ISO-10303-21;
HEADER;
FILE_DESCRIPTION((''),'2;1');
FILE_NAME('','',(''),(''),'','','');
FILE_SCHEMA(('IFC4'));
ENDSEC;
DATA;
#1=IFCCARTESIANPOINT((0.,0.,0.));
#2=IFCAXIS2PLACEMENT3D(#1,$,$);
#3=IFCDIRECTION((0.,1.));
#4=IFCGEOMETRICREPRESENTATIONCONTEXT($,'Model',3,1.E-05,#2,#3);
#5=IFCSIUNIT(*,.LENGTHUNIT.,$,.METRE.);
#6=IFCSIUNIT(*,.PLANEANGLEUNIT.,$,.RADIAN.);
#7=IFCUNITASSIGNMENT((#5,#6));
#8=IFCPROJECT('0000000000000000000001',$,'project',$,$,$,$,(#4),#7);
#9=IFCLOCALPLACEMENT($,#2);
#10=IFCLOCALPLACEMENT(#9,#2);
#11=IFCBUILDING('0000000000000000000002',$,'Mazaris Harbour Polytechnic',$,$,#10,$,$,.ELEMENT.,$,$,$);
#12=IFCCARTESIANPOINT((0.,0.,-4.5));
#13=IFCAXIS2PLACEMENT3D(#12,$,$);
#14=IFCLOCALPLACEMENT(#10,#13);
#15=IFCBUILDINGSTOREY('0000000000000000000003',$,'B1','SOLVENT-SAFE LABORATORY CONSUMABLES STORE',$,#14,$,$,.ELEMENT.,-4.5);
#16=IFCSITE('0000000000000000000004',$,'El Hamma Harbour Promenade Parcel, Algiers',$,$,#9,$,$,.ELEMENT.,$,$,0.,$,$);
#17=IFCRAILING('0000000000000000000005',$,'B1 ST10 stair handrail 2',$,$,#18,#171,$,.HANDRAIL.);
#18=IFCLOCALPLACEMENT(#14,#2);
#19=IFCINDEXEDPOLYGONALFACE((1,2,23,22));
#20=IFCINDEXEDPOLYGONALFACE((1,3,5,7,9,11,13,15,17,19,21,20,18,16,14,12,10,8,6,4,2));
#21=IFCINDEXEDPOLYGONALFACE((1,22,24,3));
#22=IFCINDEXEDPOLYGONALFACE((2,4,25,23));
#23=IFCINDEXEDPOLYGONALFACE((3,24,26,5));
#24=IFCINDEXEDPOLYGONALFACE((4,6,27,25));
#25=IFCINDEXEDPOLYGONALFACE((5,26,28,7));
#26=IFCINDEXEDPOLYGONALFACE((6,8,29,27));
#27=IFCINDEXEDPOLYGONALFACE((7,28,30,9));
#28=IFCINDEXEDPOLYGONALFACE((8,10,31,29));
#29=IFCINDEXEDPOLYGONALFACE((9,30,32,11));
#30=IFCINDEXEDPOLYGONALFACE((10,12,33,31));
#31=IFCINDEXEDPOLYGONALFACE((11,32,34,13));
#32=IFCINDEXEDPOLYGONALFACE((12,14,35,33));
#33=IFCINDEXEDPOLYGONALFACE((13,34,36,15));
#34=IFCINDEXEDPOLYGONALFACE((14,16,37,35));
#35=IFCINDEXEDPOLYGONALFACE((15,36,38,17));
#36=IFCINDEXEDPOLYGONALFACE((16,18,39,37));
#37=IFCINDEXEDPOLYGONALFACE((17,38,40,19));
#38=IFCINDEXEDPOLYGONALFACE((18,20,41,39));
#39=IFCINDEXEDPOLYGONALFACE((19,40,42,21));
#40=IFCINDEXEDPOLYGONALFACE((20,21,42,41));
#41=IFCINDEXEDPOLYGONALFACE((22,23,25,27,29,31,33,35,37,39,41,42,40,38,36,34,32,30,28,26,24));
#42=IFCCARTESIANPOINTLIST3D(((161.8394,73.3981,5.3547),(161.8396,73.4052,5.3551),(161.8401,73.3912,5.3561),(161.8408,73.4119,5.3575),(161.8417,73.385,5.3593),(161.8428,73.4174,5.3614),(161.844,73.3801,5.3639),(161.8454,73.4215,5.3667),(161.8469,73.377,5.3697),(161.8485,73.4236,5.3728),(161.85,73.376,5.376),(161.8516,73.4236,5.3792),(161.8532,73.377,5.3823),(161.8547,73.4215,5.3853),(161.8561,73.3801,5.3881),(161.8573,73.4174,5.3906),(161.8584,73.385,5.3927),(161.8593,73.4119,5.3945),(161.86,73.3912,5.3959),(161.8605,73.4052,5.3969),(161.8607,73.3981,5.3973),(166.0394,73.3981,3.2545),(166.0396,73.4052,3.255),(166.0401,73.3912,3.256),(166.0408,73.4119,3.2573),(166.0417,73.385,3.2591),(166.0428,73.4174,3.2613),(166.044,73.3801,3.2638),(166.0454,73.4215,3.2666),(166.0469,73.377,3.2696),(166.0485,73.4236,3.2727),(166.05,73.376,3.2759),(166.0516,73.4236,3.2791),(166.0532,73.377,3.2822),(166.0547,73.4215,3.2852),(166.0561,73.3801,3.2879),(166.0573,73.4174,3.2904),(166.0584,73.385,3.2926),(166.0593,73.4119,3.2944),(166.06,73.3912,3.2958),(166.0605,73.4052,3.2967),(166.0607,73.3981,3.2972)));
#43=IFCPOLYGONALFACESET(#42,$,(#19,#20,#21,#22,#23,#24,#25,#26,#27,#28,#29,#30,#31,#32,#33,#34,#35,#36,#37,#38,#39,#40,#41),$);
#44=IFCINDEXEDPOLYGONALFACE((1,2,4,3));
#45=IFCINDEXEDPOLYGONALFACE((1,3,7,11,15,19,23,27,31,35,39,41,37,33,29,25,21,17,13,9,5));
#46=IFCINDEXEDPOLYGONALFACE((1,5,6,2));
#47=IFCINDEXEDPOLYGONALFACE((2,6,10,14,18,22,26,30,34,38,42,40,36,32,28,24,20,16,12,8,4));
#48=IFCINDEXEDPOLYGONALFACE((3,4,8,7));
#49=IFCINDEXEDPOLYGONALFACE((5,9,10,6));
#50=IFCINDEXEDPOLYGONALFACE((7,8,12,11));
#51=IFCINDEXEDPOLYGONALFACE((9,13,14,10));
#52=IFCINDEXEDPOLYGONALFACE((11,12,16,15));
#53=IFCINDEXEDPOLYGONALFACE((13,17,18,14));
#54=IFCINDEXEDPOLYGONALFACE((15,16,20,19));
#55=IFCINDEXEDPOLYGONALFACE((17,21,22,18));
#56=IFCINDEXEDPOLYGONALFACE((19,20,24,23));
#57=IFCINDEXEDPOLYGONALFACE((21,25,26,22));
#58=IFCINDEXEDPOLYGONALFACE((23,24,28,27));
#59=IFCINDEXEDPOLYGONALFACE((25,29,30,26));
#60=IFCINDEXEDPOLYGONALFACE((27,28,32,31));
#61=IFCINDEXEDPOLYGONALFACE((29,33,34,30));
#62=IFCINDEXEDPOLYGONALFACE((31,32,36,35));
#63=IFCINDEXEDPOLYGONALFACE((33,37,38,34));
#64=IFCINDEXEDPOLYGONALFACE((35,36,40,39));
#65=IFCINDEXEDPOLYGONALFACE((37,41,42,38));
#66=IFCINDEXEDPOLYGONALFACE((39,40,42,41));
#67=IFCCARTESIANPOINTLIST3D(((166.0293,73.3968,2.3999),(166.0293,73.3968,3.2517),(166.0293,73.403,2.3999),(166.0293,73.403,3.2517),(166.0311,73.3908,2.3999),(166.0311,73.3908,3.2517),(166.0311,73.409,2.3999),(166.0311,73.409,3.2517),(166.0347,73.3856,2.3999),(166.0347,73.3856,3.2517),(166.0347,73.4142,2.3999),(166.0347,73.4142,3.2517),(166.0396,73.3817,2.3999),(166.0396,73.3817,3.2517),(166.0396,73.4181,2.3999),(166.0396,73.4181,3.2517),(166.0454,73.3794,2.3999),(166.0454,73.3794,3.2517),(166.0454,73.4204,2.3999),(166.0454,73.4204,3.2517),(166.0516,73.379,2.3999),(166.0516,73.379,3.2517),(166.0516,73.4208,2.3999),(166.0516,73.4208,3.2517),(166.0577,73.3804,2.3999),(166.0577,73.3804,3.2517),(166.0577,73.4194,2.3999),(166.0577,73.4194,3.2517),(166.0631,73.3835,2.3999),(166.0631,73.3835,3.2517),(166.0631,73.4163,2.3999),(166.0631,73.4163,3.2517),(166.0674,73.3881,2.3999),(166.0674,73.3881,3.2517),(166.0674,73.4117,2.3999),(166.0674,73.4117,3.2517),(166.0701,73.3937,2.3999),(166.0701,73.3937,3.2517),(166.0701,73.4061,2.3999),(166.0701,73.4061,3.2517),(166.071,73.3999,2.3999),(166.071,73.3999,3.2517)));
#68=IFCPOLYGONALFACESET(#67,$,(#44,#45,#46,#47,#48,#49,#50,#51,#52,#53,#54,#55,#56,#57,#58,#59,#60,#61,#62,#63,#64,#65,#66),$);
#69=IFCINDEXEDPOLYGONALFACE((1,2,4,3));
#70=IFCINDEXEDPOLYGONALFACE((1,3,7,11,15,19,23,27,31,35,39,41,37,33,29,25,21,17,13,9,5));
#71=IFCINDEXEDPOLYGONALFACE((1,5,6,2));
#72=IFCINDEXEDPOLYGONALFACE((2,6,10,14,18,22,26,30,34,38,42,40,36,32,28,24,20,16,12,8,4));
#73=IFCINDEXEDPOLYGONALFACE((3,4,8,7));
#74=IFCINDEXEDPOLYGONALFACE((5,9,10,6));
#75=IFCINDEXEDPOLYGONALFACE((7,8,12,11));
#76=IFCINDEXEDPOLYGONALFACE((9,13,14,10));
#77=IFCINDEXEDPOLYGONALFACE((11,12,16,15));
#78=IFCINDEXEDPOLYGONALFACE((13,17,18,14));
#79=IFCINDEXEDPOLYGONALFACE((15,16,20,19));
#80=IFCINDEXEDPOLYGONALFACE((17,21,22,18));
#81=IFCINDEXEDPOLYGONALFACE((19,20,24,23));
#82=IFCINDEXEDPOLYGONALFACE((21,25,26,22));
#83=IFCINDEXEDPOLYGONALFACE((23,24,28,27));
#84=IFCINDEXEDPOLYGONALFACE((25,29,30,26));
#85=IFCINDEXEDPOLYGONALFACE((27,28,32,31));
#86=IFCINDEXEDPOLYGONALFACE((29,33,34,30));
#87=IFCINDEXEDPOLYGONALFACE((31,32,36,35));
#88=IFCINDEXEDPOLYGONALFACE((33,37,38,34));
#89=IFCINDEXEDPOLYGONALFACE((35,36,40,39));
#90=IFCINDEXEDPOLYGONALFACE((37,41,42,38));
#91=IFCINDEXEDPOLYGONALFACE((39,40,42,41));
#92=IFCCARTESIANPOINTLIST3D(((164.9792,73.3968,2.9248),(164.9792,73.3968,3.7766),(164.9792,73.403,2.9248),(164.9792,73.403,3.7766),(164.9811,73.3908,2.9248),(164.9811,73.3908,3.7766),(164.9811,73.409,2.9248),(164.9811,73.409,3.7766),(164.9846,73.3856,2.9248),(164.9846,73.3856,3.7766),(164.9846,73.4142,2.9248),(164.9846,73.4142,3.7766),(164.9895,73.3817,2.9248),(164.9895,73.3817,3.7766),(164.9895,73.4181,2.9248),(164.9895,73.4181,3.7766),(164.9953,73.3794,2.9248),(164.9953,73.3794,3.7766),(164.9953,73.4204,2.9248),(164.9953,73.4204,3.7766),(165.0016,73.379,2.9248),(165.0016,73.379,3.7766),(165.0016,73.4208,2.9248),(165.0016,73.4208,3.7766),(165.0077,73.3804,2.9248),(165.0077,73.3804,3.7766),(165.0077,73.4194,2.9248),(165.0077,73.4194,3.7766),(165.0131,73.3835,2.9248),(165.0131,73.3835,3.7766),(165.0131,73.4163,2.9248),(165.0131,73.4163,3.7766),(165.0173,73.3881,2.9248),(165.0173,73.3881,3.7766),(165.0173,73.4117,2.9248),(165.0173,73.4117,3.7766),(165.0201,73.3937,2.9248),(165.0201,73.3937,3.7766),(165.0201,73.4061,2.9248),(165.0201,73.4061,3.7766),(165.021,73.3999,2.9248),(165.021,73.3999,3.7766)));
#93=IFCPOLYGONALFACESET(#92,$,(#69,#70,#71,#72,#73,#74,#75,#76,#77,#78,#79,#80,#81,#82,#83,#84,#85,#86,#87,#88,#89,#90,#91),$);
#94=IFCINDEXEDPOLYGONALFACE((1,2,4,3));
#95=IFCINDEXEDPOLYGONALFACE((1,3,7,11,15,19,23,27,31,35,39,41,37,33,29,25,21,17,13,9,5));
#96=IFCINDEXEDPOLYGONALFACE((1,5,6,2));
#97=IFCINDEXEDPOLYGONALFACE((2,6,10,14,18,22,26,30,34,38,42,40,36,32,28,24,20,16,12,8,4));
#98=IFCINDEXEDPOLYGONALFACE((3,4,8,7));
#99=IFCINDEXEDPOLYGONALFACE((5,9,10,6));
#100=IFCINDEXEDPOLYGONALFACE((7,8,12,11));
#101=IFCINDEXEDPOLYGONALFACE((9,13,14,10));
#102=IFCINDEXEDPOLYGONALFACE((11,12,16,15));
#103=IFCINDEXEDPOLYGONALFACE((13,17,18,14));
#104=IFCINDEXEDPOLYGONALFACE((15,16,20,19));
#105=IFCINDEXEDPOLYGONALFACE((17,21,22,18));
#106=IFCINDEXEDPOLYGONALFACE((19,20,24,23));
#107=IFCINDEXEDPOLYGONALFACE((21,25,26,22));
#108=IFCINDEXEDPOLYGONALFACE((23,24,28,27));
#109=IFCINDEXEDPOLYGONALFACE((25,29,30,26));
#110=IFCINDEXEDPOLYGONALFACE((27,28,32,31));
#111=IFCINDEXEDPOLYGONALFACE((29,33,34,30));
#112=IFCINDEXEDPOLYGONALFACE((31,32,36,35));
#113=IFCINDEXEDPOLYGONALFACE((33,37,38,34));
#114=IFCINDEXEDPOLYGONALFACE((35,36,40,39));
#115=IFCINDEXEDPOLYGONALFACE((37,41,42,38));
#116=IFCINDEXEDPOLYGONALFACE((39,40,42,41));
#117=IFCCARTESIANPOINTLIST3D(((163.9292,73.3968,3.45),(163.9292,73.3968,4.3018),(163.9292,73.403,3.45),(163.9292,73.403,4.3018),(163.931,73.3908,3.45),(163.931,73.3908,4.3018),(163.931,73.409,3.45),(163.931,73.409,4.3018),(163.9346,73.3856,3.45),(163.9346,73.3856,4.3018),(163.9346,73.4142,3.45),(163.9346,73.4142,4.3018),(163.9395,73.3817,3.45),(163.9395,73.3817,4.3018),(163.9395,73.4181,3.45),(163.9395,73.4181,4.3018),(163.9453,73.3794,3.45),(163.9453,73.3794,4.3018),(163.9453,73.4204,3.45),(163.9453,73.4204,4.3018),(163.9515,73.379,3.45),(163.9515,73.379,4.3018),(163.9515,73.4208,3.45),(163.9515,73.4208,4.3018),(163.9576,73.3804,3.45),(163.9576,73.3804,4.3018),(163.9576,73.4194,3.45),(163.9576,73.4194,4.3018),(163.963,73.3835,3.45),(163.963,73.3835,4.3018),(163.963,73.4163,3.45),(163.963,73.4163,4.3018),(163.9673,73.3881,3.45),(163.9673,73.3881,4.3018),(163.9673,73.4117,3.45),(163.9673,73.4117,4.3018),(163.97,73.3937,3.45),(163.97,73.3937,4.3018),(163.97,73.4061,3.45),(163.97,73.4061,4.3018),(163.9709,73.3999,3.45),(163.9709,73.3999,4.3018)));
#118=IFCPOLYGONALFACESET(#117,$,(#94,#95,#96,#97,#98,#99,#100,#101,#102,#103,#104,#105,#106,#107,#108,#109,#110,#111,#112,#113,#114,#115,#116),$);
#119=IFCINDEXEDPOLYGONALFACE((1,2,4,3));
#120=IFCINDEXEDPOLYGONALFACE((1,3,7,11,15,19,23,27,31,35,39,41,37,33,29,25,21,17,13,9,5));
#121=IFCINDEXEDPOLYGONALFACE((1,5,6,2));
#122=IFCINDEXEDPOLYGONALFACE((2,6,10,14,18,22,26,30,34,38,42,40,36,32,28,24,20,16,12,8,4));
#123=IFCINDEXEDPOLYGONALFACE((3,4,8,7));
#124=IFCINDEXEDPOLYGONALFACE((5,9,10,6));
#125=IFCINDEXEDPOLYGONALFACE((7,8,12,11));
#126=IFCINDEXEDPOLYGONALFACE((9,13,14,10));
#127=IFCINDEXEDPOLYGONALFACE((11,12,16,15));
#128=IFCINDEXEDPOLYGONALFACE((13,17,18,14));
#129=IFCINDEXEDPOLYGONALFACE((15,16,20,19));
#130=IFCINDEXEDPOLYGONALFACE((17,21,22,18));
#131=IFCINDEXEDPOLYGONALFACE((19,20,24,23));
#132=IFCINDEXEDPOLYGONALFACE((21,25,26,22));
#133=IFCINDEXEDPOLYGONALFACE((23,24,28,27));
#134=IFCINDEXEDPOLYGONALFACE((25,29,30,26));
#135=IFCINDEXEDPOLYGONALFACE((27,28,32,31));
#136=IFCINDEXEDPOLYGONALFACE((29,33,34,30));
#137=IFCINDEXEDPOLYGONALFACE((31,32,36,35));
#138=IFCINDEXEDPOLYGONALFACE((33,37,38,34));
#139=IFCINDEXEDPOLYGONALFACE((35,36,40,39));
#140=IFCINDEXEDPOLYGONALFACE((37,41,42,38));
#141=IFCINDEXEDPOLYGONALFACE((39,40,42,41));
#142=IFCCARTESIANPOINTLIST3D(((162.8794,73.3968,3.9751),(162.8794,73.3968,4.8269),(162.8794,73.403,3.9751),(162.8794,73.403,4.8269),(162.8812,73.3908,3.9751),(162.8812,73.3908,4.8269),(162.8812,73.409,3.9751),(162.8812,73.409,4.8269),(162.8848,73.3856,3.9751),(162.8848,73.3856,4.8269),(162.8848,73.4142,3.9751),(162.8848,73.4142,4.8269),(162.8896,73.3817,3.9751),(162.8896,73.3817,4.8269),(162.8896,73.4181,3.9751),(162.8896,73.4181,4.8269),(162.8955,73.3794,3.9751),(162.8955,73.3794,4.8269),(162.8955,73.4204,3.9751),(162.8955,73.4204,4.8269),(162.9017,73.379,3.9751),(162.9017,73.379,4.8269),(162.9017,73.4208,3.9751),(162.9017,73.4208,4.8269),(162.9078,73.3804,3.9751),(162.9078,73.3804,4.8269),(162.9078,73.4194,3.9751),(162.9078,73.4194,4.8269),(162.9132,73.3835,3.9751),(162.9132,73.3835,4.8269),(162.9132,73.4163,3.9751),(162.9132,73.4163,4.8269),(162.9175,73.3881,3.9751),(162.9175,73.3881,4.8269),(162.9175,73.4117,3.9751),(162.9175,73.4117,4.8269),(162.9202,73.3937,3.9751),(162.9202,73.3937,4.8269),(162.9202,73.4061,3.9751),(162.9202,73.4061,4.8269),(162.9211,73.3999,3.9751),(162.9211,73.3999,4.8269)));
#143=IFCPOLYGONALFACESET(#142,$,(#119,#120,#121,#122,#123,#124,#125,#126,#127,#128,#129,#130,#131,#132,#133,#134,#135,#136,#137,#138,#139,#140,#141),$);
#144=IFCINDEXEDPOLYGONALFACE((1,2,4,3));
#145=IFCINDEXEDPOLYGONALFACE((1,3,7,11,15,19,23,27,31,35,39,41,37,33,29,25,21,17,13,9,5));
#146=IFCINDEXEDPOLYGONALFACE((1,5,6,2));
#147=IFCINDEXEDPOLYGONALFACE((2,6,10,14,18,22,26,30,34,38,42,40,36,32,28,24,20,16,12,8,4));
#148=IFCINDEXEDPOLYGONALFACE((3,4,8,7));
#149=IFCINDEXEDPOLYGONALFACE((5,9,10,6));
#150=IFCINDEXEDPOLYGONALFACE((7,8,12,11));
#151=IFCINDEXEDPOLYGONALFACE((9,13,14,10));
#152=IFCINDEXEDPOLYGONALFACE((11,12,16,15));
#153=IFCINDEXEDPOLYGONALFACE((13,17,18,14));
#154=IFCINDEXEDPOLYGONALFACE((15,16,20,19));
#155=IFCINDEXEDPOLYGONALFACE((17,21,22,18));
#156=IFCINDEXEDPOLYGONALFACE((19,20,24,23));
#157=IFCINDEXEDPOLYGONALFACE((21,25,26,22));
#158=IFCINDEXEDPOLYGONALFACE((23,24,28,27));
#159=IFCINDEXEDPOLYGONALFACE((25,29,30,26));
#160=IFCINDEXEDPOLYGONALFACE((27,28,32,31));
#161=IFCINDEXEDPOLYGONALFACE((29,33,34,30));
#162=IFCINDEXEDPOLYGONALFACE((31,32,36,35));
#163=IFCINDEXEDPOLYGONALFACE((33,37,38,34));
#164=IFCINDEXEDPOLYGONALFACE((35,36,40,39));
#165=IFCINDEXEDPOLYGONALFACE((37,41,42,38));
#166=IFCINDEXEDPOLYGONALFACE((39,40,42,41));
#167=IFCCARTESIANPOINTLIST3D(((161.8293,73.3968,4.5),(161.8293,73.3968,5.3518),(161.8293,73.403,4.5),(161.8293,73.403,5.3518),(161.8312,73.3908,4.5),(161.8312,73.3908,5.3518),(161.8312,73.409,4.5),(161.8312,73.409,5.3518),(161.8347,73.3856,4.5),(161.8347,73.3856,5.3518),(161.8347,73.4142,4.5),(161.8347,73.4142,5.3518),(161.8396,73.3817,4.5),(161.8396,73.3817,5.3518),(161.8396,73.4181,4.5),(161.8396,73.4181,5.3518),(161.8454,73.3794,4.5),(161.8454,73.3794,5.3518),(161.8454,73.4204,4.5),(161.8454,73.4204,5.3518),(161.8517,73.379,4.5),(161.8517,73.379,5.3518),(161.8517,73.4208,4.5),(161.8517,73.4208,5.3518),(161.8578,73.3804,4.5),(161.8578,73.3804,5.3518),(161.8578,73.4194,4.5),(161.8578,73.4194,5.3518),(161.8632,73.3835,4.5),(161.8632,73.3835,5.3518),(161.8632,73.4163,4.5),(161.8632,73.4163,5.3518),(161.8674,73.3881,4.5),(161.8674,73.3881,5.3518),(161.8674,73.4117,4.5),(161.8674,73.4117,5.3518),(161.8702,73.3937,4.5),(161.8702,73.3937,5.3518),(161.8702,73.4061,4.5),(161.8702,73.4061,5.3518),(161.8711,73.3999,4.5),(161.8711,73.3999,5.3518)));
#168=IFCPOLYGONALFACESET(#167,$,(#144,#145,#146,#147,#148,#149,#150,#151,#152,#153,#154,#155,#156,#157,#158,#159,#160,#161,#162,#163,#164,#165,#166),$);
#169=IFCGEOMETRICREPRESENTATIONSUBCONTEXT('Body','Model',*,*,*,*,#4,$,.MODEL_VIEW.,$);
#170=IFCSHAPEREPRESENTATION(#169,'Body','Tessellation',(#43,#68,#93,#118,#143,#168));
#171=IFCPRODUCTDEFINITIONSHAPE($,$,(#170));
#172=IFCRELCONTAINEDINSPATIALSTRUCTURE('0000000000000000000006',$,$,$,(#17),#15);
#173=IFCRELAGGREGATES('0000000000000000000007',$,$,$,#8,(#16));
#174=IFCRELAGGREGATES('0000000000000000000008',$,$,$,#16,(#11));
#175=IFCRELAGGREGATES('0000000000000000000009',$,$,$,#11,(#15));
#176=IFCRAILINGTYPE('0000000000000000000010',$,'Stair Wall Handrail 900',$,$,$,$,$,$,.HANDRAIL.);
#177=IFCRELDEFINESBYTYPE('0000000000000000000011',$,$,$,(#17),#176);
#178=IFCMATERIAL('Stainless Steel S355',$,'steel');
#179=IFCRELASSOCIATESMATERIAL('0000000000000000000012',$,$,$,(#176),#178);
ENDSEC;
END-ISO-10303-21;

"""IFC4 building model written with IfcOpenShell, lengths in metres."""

from ifc_helpers import new_model, si_unit, direction, frame, origin, origin_2d, place, context, subcontext, project, spatial, circle, extrude, material, type_object, element, save


model = new_model("IFC4")

# Units and contexts
model_context = context("Model", 3, precision=1e-05, world=origin(), true_north=direction((0.0, 1.0)))
body_context = subcontext(model_context, "Body", "Model", "MODEL_VIEW")
ifc_project = project(units=[si_unit("LENGTHUNIT", "METRE"), si_unit("PLANEANGLEUNIT", "RADIAN")], contexts=[model_context])

# Site, building, storey
site_placement = place(None, origin())
site = spatial("IfcSite", under=ifc_project, at=site_placement, Name="El Hamma Harbour Promenade Parcel, Algiers", CompositionType="ELEMENT", RefElevation=0.0)
building_placement = place(site_placement, origin())
building = spatial("IfcBuilding", under=site, at=building_placement, Name="Mazaris Harbour Polytechnic", CompositionType="ELEMENT")
storey_placement = place(building_placement, frame((0.0, 0.0, -4.5)))
storey = spatial("IfcBuildingStorey", under=building, at=storey_placement, Name="B1", Description="SOLVENT-SAFE LABORATORY CONSUMABLES STORE", CompositionType="ELEMENT", Elevation=-4.5)

# Railing
ifc_material_1 = material(Name="Stainless Steel S355", Category="steel")
railing_type_1 = type_object("IfcRailingType", Name="Stair Wall Handrail 900", PredefinedType="HANDRAIL", material=ifc_material_1)
railing_1_placement = place(storey_placement, frame((166.05, 73.3999, 2.3999)))
element("IfcRailing", 1, at=railing_1_placement, inside=storey, type_object=railing_type_1, Name="B1 ST10 stair handrail 2", PredefinedType="HANDRAIL", context=body_context, shape_type="SweptSolid", body=[
    extrude(circle(Radius=0.0239, at=origin_2d()), frame((0.0, 0.0, 0.876), z_axis=(-0.894417, 0.0, 0.447234), x_axis=(0.0, -1.0, 0.0)), (0.0, 0.0, 1.0), 4.6958),
    extrude(circle(Radius=0.021, at=origin_2d()), origin(), (0.0, 0.0, 1.0), 0.8518),
    extrude(circle(Radius=0.021, at=origin_2d()), frame((-1.05, 0.0, 0.5249)), (0.0, 0.0, 1.0), 0.8518),
    extrude(circle(Radius=0.021, at=origin_2d()), frame((-2.1001, 0.0, 1.05)), (0.0, 0.0, 1.0), 0.8518),
    extrude(circle(Radius=0.021, at=origin_2d()), frame((-3.1499, 0.0, 1.5752)), (0.0, 0.0, 1.0), 0.8518),
    extrude(circle(Radius=0.021, at=origin_2d()), frame((-4.2, 0.0, 2.1001)), (0.0, 0.0, 1.0), 0.8518),
])

save(model, "model.ifc")
